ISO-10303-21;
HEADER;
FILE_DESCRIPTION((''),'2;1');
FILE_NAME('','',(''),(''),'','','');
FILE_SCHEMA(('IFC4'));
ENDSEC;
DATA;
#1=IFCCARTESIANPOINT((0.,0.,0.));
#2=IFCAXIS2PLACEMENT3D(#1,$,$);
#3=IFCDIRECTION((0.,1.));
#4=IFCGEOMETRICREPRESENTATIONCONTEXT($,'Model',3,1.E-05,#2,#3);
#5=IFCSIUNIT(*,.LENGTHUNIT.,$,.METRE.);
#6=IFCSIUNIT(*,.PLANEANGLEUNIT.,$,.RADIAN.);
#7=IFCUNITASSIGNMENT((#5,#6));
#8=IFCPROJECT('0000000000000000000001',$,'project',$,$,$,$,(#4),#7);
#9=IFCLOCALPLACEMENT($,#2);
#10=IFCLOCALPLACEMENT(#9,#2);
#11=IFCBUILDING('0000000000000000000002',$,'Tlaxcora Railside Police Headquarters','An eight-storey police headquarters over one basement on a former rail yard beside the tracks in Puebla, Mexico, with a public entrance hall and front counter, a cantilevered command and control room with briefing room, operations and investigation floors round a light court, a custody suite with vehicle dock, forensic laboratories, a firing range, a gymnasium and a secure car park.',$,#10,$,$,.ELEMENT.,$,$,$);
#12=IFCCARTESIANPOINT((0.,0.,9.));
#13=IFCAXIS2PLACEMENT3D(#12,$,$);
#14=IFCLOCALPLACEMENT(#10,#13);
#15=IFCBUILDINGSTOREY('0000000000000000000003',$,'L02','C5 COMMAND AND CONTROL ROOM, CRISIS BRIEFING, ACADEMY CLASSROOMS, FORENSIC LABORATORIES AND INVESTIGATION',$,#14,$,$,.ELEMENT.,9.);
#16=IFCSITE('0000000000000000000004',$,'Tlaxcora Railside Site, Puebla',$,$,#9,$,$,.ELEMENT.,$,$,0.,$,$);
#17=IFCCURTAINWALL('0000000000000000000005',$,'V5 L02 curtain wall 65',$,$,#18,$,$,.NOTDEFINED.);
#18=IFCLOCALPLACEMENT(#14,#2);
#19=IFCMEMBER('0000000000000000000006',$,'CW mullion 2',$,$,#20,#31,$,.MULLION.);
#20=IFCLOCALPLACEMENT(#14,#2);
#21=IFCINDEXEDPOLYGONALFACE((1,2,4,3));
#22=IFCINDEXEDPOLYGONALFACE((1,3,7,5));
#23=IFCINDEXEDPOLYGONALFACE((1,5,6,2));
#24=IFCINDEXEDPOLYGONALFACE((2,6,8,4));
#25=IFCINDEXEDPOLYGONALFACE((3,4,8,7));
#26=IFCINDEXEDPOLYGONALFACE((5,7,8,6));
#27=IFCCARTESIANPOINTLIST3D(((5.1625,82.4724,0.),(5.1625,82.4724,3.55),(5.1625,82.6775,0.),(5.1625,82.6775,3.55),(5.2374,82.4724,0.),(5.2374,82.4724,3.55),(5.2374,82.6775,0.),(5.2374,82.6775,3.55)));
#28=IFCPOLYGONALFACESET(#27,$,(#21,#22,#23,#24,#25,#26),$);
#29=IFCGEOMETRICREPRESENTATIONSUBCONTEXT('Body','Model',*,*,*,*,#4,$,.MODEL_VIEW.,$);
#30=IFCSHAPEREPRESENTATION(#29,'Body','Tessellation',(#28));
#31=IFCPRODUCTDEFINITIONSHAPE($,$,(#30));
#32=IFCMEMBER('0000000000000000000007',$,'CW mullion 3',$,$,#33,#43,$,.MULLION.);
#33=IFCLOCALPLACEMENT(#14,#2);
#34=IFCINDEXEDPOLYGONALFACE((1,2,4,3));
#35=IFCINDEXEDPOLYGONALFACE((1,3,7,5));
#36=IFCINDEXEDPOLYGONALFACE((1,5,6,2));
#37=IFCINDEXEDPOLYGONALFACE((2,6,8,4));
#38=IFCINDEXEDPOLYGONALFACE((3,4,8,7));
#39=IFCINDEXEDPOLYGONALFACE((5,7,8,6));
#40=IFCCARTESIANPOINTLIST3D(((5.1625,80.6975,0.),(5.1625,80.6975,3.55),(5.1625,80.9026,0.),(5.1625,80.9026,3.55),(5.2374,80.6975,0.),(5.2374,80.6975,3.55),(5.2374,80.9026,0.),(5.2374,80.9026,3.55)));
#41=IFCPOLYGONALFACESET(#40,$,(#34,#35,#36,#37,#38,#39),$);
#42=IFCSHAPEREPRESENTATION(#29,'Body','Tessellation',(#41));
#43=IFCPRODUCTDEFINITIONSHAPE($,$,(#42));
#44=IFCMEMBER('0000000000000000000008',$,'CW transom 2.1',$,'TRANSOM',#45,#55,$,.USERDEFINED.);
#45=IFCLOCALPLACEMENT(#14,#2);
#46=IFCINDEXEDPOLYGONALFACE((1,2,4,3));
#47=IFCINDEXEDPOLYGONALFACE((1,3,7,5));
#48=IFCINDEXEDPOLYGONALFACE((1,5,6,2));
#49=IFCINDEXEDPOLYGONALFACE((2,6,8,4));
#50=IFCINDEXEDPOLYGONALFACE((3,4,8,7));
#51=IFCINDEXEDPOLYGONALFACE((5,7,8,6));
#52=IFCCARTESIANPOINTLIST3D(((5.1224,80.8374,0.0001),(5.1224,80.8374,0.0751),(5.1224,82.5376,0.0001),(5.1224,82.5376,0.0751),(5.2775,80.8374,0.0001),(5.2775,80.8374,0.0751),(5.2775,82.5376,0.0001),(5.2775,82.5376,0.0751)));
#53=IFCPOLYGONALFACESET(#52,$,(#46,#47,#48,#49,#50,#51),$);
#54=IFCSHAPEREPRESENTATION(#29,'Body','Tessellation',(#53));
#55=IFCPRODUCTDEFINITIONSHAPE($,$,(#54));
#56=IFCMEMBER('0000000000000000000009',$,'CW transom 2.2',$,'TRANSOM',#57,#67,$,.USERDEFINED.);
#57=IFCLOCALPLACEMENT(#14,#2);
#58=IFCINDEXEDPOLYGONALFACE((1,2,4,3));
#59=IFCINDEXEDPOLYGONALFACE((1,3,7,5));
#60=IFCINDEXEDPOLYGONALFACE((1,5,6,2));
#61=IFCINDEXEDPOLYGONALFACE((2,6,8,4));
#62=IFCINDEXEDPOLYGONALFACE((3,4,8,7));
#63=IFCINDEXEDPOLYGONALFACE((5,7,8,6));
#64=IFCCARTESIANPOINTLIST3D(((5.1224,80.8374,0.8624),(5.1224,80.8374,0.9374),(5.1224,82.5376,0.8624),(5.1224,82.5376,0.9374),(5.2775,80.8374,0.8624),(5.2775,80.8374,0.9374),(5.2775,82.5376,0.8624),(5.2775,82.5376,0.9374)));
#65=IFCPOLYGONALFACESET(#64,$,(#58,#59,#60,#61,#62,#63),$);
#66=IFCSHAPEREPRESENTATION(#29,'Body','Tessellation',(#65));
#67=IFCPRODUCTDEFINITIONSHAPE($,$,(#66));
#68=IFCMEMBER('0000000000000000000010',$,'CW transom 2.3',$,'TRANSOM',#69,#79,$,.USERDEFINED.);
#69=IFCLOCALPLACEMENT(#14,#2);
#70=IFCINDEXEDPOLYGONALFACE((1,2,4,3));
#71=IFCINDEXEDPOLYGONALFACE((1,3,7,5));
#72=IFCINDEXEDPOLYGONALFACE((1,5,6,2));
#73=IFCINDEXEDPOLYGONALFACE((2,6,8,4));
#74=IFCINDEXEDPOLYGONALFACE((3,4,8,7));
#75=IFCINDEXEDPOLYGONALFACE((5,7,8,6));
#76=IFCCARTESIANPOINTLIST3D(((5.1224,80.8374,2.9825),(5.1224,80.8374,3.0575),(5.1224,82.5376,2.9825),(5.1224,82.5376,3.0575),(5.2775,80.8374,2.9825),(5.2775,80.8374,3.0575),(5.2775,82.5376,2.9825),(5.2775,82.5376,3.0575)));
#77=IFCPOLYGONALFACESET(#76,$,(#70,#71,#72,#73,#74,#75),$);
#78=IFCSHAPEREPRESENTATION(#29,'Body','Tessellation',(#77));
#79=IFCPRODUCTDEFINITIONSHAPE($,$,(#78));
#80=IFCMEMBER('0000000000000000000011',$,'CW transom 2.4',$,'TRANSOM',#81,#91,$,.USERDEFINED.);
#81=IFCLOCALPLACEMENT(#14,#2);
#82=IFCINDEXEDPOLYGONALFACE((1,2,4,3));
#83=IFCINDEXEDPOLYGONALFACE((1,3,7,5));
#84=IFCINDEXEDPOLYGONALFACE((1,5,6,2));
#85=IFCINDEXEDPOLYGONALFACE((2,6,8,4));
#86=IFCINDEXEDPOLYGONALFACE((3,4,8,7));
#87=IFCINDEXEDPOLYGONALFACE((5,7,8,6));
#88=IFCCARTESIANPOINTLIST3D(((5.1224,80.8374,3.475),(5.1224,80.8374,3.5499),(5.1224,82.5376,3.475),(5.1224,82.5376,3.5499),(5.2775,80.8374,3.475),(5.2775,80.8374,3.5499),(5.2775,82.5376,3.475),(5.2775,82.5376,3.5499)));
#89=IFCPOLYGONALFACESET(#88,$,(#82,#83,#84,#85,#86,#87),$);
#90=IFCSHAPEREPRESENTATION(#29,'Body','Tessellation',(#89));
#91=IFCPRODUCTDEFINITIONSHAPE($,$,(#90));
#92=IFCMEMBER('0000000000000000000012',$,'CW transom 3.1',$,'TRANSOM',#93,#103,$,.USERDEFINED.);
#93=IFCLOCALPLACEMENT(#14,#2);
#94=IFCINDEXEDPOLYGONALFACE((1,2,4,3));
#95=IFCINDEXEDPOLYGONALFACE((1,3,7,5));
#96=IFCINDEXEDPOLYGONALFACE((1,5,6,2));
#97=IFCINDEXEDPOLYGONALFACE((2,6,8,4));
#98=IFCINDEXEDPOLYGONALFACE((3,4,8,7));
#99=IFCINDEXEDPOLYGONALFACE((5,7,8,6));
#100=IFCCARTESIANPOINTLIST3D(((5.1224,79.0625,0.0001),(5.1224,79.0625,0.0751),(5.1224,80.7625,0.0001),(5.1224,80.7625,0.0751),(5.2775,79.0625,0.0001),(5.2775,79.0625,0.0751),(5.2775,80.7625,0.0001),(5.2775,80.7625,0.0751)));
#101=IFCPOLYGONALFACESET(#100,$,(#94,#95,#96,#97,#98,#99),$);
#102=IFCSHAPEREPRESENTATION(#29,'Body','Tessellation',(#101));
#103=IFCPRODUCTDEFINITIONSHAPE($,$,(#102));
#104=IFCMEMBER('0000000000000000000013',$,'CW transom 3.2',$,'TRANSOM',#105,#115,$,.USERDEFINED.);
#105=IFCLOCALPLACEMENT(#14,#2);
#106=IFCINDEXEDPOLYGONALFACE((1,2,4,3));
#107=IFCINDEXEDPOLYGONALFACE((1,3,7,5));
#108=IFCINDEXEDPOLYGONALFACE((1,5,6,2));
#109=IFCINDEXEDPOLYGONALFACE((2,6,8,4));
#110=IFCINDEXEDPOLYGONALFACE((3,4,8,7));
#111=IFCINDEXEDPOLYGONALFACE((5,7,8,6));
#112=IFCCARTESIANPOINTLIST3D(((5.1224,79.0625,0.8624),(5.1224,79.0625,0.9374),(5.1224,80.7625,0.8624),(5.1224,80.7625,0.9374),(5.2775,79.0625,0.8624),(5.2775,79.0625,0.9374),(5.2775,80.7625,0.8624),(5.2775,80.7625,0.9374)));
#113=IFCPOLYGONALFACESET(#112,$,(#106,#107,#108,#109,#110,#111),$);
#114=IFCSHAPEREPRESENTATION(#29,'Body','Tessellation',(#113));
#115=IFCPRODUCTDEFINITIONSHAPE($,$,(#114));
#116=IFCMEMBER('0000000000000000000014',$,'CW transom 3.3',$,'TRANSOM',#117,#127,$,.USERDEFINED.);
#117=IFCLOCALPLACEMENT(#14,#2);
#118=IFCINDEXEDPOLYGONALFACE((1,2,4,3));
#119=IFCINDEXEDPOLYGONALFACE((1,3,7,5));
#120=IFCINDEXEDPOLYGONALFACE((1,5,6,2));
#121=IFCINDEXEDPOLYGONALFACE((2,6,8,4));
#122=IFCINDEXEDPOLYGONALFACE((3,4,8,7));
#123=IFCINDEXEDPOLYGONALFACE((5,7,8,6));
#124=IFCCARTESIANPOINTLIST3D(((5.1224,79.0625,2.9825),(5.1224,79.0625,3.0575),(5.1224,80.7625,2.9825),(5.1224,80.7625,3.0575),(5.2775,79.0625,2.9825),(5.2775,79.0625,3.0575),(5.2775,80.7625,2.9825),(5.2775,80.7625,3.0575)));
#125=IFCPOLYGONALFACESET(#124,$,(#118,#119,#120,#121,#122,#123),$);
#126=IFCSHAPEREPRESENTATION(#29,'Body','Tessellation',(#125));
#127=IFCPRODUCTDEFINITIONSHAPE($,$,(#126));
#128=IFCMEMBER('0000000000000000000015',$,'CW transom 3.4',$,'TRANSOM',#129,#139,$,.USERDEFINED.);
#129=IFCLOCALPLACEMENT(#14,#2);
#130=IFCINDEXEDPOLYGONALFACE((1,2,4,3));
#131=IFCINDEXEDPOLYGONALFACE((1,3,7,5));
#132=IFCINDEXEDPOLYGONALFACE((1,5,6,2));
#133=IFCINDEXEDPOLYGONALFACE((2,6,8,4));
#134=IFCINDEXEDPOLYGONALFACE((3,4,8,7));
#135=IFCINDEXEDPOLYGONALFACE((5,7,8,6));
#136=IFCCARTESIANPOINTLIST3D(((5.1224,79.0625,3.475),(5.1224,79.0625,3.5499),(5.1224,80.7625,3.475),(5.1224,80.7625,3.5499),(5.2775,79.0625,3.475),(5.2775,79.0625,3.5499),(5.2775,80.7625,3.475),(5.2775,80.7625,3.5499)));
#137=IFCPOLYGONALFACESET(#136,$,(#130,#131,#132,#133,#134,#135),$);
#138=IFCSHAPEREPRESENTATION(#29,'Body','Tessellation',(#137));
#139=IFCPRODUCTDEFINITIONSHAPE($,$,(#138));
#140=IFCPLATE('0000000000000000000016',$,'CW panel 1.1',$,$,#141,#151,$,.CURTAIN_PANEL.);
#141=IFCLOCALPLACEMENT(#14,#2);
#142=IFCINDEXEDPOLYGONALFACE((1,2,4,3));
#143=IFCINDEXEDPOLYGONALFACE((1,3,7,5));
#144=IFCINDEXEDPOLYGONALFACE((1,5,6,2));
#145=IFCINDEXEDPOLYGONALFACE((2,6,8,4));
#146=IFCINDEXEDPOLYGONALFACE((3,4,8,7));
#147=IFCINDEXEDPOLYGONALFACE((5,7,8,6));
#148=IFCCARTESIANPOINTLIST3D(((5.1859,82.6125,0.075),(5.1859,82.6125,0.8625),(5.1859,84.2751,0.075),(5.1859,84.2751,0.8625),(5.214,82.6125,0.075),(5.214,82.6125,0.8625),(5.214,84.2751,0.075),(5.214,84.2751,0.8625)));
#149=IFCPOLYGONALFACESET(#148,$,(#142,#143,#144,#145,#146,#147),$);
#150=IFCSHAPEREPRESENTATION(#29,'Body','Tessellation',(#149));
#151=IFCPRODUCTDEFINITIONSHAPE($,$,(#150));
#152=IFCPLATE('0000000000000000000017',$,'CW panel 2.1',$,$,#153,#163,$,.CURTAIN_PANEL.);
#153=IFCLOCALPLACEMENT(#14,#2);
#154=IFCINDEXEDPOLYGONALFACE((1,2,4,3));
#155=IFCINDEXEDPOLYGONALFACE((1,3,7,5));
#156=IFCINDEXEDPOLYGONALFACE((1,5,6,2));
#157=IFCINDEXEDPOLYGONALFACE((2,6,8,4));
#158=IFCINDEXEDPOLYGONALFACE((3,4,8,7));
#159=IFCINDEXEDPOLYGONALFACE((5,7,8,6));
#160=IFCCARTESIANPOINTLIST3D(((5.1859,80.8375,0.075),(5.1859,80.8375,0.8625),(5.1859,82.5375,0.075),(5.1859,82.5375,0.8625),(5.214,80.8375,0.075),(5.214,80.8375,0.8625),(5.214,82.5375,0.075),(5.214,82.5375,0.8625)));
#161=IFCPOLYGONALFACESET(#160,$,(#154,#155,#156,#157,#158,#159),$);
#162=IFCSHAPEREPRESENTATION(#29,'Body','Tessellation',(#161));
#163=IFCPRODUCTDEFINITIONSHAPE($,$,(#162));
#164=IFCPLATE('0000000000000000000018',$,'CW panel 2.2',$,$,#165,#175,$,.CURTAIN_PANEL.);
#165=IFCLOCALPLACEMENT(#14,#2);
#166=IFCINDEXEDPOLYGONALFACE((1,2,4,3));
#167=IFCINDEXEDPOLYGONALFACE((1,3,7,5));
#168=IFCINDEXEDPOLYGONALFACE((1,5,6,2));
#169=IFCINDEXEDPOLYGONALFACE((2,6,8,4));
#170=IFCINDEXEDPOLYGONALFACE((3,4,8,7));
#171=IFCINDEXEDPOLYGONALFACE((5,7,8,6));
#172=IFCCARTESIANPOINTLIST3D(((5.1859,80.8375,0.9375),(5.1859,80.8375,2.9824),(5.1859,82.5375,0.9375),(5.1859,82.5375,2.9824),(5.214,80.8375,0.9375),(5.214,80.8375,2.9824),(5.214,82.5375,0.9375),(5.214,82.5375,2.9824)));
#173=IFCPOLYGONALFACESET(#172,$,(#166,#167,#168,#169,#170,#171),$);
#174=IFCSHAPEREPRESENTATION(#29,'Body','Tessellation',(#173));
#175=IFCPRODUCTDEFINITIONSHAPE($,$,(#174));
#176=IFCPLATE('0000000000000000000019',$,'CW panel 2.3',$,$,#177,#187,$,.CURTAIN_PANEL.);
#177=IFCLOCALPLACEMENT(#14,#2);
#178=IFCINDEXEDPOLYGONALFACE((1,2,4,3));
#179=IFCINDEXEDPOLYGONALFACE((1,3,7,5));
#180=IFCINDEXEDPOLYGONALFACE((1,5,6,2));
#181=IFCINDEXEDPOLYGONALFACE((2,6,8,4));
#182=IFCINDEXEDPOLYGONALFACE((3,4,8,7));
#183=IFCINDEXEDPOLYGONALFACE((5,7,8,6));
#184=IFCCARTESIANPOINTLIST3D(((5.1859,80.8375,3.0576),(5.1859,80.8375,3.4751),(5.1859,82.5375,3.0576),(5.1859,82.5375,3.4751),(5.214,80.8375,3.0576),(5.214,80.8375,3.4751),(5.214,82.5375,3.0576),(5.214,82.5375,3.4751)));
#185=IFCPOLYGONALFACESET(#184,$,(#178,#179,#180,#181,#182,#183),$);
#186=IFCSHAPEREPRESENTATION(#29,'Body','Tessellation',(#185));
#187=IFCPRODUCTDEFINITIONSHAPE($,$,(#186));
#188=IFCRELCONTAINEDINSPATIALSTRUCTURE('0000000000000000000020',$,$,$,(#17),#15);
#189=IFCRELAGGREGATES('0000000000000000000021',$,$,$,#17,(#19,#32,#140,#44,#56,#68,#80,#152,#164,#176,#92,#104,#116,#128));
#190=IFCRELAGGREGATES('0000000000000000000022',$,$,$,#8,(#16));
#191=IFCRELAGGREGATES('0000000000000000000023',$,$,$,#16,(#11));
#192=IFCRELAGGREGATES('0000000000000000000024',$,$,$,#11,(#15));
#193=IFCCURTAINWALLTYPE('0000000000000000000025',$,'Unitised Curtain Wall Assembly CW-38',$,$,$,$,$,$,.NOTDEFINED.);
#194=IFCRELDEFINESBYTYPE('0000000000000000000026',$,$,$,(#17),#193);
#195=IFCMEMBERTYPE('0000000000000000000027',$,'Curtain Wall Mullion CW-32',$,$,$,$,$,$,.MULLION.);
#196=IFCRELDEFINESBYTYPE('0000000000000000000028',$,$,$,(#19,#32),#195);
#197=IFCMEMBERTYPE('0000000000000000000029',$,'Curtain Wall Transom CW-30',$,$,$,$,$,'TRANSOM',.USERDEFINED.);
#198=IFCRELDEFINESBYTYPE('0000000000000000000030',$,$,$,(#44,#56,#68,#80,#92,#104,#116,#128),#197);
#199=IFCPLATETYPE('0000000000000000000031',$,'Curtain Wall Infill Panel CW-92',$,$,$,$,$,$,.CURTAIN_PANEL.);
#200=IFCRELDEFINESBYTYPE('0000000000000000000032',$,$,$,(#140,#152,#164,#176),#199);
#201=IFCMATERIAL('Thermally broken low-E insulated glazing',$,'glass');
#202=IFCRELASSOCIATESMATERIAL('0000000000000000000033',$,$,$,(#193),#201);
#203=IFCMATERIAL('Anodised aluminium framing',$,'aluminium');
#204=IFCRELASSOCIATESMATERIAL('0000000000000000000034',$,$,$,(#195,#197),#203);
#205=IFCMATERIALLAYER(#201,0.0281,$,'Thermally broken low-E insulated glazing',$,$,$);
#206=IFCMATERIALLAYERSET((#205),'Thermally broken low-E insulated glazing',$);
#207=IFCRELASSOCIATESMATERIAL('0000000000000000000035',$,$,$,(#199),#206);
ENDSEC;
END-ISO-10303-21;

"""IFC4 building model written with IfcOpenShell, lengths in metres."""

from ifc_helpers import new_model, si_unit, direction, frame, origin, origin_2d, place, context, subcontext, project, spatial, rectangle, extrude, material, layer, layer_set, material_profile, profile_set, type_object, element, aggregate, save


model = new_model("IFC4")

# Units and contexts
model_context = context("Model", 3, precision=1e-05, world=origin(), true_north=direction((0.0, 1.0)))
body_context = subcontext(model_context, "Body", "Model", "MODEL_VIEW")
ifc_project = project(units=[si_unit("LENGTHUNIT", "METRE"), si_unit("PLANEANGLEUNIT", "RADIAN")], contexts=[model_context])

# Site, building, storey
site_placement = place(None, origin())
site = spatial("IfcSite", under=ifc_project, at=site_placement, Name="Tlaxcora Railside Site, Puebla", CompositionType="ELEMENT", RefElevation=0.0)
building_placement = place(site_placement, origin())
building = spatial("IfcBuilding", under=site, at=building_placement, Name="Tlaxcora Railside Police Headquarters", Description="An eight-storey police headquarters over one basement on a former rail yard beside the tracks in Puebla, Mexico, with a public entrance hall and front counter, a cantilevered command and control room with briefing room, operations and investigation floors round a light court, a custody suite with vehicle dock, forensic laboratories, a firing range, a gymnasium and a secure car park.", CompositionType="ELEMENT")
storey_placement = place(building_placement, frame((0.0, 0.0, 9.0)))
storey = spatial("IfcBuildingStorey", under=building, at=storey_placement, Name="L02", Description="C5 COMMAND AND CONTROL ROOM, CRISIS BRIEFING, ACADEMY CLASSROOMS, FORENSIC LABORATORIES AND INVESTIGATION", CompositionType="ELEMENT", Elevation=9.0)

# Curtain wall, members, plates
ifc_material_1 = material(Name="Thermally broken low-E insulated glazing", Category="glass")
curtain_wall_type = type_object("IfcCurtainWallType", Name="Unitised Curtain Wall Assembly CW-38", PredefinedType="NOTDEFINED", material=ifc_material_1)
curtain_wall_placement = place(storey_placement, origin())
curtain_wall = element("IfcCurtainWall", 1, at=curtain_wall_placement, inside=storey, type_object=curtain_wall_type, Name="V5 L02 curtain wall 65", PredefinedType="NOTDEFINED")
ifc_material_2 = material(Name="Anodised aluminium framing", Category="aluminium")
ifc_material_profile_1 = material_profile(ifc_material_2, rectangle(XDim=0.075, YDim=0.2051, at=origin_2d()), Name="AL75X205")
ifc_profile_set_1 = profile_set([ifc_material_profile_1], Name="Anodised aluminium framing")
member_type_1 = type_object("IfcMemberType", Name="Curtain Wall Mullion CW-32", PredefinedType="MULLION", material=ifc_profile_set_1)
member_1_placement = place(storey_placement, frame((5.2, 82.575, 0.0), z_axis=(0.0, 0.0, 1.0), x_axis=(1.0, 0.0, 0.0)))
member_1 = element("IfcMember", 2, at=member_1_placement, type_object=member_type_1, Name="CW mullion 2", PredefinedType="MULLION", context=body_context, shape_type="SweptSolid", body=[
    extrude(rectangle(XDim=0.075, YDim=0.2051, at=origin_2d()), origin(), (0.0, 0.0, 1.0), 3.55),
])
member_2_placement = place(storey_placement, frame((5.2, 80.8, 0.0), z_axis=(0.0, 0.0, 1.0), x_axis=(1.0, 0.0, 0.0)))
member_2 = element("IfcMember", 3, at=member_2_placement, type_object=member_type_1, Name="CW mullion 3", PredefinedType="MULLION", context=body_context, shape_type="SweptSolid", body=[
    extrude(rectangle(XDim=0.075, YDim=0.2051, at=origin_2d()), origin(), (0.0, 0.0, 1.0), 3.55),
])
ifc_material_profile_2 = material_profile(ifc_material_2, rectangle(XDim=0.155, YDim=0.075, at=origin_2d()), Name="AL75X155")
ifc_profile_set_2 = profile_set([ifc_material_profile_2], Name="Anodised aluminium framing")
member_type_2 = type_object("IfcMemberType", Name="Curtain Wall Transom CW-30", ElementType="TRANSOM", PredefinedType="USERDEFINED", material=ifc_profile_set_2)
member_3_placement = place(storey_placement, frame((5.2, 82.5376, 0.0376), z_axis=(0.0, -1.0, 0.0), x_axis=(1.0, 0.0, 0.0)))
member_3 = element("IfcMember", 4, at=member_3_placement, type_object=member_type_2, Name="CW transom 2.1", ObjectType="TRANSOM", PredefinedType="USERDEFINED", context=body_context, shape_type="SweptSolid", body=[
    extrude(rectangle(XDim=0.155, YDim=0.075, at=origin_2d()), origin(), (0.0, 0.0, 1.0), 1.7002),
])
member_4_placement = place(storey_placement, frame((5.2, 82.5376, 0.8999), z_axis=(0.0, -1.0, 0.0), x_axis=(1.0, 0.0, 0.0)))
member_4 = element("IfcMember", 5, at=member_4_placement, type_object=member_type_2, Name="CW transom 2.2", ObjectType="TRANSOM", PredefinedType="USERDEFINED", context=body_context, shape_type="SweptSolid", body=[
    extrude(rectangle(XDim=0.155, YDim=0.075, at=origin_2d()), origin(), (0.0, 0.0, 1.0), 1.7002),
])
member_5_placement = place(storey_placement, frame((5.2, 82.5376, 3.02), z_axis=(0.0, -1.0, 0.0), x_axis=(1.0, 0.0, 0.0)))
member_5 = element("IfcMember", 6, at=member_5_placement, type_object=member_type_2, Name="CW transom 2.3", ObjectType="TRANSOM", PredefinedType="USERDEFINED", context=body_context, shape_type="SweptSolid", body=[
    extrude(rectangle(XDim=0.155, YDim=0.075, at=origin_2d()), origin(), (0.0, 0.0, 1.0), 1.7002),
])
member_6_placement = place(storey_placement, frame((5.2, 82.5376, 3.5125), z_axis=(0.0, -1.0, 0.0), x_axis=(1.0, 0.0, 0.0)))
member_6 = element("IfcMember", 7, at=member_6_placement, type_object=member_type_2, Name="CW transom 2.4", ObjectType="TRANSOM", PredefinedType="USERDEFINED", context=body_context, shape_type="SweptSolid", body=[
    extrude(rectangle(XDim=0.155, YDim=0.075, at=origin_2d()), origin(), (0.0, 0.0, 1.0), 1.7002),
])
member_7_placement = place(storey_placement, frame((5.2, 80.7625, 0.0376), z_axis=(0.0, -1.0, 0.0), x_axis=(1.0, 0.0, 0.0)))
member_7 = element("IfcMember", 8, at=member_7_placement, type_object=member_type_2, Name="CW transom 3.1", ObjectType="TRANSOM", PredefinedType="USERDEFINED", context=body_context, shape_type="SweptSolid", body=[
    extrude(rectangle(XDim=0.155, YDim=0.075, at=origin_2d()), origin(), (0.0, 0.0, 1.0), 1.7),
])
member_8_placement = place(storey_placement, frame((5.2, 80.7625, 0.8999), z_axis=(0.0, -1.0, 0.0), x_axis=(1.0, 0.0, 0.0)))
member_8 = element("IfcMember", 9, at=member_8_placement, type_object=member_type_2, Name="CW transom 3.2", ObjectType="TRANSOM", PredefinedType="USERDEFINED", context=body_context, shape_type="SweptSolid", body=[
    extrude(rectangle(XDim=0.155, YDim=0.075, at=origin_2d()), origin(), (0.0, 0.0, 1.0), 1.7),
])
member_9_placement = place(storey_placement, frame((5.2, 80.7625, 3.02), z_axis=(0.0, -1.0, 0.0), x_axis=(1.0, 0.0, 0.0)))
member_9 = element("IfcMember", 10, at=member_9_placement, type_object=member_type_2, Name="CW transom 3.3", ObjectType="TRANSOM", PredefinedType="USERDEFINED", context=body_context, shape_type="SweptSolid", body=[
    extrude(rectangle(XDim=0.155, YDim=0.075, at=origin_2d()), origin(), (0.0, 0.0, 1.0), 1.7),
])
member_10_placement = place(storey_placement, frame((5.2, 80.7625, 3.5125), z_axis=(0.0, -1.0, 0.0), x_axis=(1.0, 0.0, 0.0)))
member_10 = element("IfcMember", 11, at=member_10_placement, type_object=member_type_2, Name="CW transom 3.4", ObjectType="TRANSOM", PredefinedType="USERDEFINED", context=body_context, shape_type="SweptSolid", body=[
    extrude(rectangle(XDim=0.155, YDim=0.075, at=origin_2d()), origin(), (0.0, 0.0, 1.0), 1.7),
])
ifc_layer_1 = layer(ifc_material_1, 0.0281, Name="Thermally broken low-E insulated glazing")
ifc_layer_set_1 = layer_set([ifc_layer_1], Name="Thermally broken low-E insulated glazing")
plate_type = type_object("IfcPlateType", Name="Curtain Wall Infill Panel CW-92", PredefinedType="CURTAIN_PANEL", material=ifc_layer_set_1)
plate_1_placement = place(storey_placement, frame((5.2, 83.4438, 0.075), z_axis=(0.0, 0.0, 1.0), x_axis=(0.0, -1.0, 0.0)))
plate_1 = element("IfcPlate", 12, at=plate_1_placement, type_object=plate_type, Name="CW panel 1.1", PredefinedType="CURTAIN_PANEL", context=body_context, shape_type="SweptSolid", body=[
    extrude(rectangle(XDim=1.6626, YDim=0.0281, at=origin_2d()), origin(), (0.0, 0.0, 1.0), 0.7876),
])
plate_2_placement = place(storey_placement, frame((5.2, 81.6875, 0.075), z_axis=(0.0, 0.0, 1.0), x_axis=(0.0, -1.0, 0.0)))
plate_2 = element("IfcPlate", 13, at=plate_2_placement, type_object=plate_type, Name="CW panel 2.1", PredefinedType="CURTAIN_PANEL", context=body_context, shape_type="SweptSolid", body=[
    extrude(rectangle(XDim=1.7, YDim=0.0281, at=origin_2d()), origin(), (0.0, 0.0, 1.0), 0.7876),
])
plate_3_placement = place(storey_placement, frame((5.2, 81.6875, 0.9375), z_axis=(0.0, 0.0, 1.0), x_axis=(0.0, -1.0, 0.0)))
plate_3 = element("IfcPlate", 14, at=plate_3_placement, type_object=plate_type, Name="CW panel 2.2", PredefinedType="CURTAIN_PANEL", context=body_context, shape_type="SweptSolid", body=[
    extrude(rectangle(XDim=1.7, YDim=0.0281, at=origin_2d()), origin(), (0.0, 0.0, 1.0), 2.0449),
])
plate_4_placement = place(storey_placement, frame((5.2, 81.6875, 3.0576), z_axis=(0.0, 0.0, 1.0), x_axis=(0.0, -1.0, 0.0)))
plate_4 = element("IfcPlate", 15, at=plate_4_placement, type_object=plate_type, Name="CW panel 2.3", PredefinedType="CURTAIN_PANEL", context=body_context, shape_type="SweptSolid", body=[
    extrude(rectangle(XDim=1.7, YDim=0.0281, at=origin_2d()), origin(), (0.0, 0.0, 1.0), 0.4175),
])
aggregate(curtain_wall, [member_1, member_2, plate_1, member_3, member_4, member_5, member_6, plate_2, plate_3, plate_4, member_7, member_8, member_9, member_10])

save(model, "model.ifc")
